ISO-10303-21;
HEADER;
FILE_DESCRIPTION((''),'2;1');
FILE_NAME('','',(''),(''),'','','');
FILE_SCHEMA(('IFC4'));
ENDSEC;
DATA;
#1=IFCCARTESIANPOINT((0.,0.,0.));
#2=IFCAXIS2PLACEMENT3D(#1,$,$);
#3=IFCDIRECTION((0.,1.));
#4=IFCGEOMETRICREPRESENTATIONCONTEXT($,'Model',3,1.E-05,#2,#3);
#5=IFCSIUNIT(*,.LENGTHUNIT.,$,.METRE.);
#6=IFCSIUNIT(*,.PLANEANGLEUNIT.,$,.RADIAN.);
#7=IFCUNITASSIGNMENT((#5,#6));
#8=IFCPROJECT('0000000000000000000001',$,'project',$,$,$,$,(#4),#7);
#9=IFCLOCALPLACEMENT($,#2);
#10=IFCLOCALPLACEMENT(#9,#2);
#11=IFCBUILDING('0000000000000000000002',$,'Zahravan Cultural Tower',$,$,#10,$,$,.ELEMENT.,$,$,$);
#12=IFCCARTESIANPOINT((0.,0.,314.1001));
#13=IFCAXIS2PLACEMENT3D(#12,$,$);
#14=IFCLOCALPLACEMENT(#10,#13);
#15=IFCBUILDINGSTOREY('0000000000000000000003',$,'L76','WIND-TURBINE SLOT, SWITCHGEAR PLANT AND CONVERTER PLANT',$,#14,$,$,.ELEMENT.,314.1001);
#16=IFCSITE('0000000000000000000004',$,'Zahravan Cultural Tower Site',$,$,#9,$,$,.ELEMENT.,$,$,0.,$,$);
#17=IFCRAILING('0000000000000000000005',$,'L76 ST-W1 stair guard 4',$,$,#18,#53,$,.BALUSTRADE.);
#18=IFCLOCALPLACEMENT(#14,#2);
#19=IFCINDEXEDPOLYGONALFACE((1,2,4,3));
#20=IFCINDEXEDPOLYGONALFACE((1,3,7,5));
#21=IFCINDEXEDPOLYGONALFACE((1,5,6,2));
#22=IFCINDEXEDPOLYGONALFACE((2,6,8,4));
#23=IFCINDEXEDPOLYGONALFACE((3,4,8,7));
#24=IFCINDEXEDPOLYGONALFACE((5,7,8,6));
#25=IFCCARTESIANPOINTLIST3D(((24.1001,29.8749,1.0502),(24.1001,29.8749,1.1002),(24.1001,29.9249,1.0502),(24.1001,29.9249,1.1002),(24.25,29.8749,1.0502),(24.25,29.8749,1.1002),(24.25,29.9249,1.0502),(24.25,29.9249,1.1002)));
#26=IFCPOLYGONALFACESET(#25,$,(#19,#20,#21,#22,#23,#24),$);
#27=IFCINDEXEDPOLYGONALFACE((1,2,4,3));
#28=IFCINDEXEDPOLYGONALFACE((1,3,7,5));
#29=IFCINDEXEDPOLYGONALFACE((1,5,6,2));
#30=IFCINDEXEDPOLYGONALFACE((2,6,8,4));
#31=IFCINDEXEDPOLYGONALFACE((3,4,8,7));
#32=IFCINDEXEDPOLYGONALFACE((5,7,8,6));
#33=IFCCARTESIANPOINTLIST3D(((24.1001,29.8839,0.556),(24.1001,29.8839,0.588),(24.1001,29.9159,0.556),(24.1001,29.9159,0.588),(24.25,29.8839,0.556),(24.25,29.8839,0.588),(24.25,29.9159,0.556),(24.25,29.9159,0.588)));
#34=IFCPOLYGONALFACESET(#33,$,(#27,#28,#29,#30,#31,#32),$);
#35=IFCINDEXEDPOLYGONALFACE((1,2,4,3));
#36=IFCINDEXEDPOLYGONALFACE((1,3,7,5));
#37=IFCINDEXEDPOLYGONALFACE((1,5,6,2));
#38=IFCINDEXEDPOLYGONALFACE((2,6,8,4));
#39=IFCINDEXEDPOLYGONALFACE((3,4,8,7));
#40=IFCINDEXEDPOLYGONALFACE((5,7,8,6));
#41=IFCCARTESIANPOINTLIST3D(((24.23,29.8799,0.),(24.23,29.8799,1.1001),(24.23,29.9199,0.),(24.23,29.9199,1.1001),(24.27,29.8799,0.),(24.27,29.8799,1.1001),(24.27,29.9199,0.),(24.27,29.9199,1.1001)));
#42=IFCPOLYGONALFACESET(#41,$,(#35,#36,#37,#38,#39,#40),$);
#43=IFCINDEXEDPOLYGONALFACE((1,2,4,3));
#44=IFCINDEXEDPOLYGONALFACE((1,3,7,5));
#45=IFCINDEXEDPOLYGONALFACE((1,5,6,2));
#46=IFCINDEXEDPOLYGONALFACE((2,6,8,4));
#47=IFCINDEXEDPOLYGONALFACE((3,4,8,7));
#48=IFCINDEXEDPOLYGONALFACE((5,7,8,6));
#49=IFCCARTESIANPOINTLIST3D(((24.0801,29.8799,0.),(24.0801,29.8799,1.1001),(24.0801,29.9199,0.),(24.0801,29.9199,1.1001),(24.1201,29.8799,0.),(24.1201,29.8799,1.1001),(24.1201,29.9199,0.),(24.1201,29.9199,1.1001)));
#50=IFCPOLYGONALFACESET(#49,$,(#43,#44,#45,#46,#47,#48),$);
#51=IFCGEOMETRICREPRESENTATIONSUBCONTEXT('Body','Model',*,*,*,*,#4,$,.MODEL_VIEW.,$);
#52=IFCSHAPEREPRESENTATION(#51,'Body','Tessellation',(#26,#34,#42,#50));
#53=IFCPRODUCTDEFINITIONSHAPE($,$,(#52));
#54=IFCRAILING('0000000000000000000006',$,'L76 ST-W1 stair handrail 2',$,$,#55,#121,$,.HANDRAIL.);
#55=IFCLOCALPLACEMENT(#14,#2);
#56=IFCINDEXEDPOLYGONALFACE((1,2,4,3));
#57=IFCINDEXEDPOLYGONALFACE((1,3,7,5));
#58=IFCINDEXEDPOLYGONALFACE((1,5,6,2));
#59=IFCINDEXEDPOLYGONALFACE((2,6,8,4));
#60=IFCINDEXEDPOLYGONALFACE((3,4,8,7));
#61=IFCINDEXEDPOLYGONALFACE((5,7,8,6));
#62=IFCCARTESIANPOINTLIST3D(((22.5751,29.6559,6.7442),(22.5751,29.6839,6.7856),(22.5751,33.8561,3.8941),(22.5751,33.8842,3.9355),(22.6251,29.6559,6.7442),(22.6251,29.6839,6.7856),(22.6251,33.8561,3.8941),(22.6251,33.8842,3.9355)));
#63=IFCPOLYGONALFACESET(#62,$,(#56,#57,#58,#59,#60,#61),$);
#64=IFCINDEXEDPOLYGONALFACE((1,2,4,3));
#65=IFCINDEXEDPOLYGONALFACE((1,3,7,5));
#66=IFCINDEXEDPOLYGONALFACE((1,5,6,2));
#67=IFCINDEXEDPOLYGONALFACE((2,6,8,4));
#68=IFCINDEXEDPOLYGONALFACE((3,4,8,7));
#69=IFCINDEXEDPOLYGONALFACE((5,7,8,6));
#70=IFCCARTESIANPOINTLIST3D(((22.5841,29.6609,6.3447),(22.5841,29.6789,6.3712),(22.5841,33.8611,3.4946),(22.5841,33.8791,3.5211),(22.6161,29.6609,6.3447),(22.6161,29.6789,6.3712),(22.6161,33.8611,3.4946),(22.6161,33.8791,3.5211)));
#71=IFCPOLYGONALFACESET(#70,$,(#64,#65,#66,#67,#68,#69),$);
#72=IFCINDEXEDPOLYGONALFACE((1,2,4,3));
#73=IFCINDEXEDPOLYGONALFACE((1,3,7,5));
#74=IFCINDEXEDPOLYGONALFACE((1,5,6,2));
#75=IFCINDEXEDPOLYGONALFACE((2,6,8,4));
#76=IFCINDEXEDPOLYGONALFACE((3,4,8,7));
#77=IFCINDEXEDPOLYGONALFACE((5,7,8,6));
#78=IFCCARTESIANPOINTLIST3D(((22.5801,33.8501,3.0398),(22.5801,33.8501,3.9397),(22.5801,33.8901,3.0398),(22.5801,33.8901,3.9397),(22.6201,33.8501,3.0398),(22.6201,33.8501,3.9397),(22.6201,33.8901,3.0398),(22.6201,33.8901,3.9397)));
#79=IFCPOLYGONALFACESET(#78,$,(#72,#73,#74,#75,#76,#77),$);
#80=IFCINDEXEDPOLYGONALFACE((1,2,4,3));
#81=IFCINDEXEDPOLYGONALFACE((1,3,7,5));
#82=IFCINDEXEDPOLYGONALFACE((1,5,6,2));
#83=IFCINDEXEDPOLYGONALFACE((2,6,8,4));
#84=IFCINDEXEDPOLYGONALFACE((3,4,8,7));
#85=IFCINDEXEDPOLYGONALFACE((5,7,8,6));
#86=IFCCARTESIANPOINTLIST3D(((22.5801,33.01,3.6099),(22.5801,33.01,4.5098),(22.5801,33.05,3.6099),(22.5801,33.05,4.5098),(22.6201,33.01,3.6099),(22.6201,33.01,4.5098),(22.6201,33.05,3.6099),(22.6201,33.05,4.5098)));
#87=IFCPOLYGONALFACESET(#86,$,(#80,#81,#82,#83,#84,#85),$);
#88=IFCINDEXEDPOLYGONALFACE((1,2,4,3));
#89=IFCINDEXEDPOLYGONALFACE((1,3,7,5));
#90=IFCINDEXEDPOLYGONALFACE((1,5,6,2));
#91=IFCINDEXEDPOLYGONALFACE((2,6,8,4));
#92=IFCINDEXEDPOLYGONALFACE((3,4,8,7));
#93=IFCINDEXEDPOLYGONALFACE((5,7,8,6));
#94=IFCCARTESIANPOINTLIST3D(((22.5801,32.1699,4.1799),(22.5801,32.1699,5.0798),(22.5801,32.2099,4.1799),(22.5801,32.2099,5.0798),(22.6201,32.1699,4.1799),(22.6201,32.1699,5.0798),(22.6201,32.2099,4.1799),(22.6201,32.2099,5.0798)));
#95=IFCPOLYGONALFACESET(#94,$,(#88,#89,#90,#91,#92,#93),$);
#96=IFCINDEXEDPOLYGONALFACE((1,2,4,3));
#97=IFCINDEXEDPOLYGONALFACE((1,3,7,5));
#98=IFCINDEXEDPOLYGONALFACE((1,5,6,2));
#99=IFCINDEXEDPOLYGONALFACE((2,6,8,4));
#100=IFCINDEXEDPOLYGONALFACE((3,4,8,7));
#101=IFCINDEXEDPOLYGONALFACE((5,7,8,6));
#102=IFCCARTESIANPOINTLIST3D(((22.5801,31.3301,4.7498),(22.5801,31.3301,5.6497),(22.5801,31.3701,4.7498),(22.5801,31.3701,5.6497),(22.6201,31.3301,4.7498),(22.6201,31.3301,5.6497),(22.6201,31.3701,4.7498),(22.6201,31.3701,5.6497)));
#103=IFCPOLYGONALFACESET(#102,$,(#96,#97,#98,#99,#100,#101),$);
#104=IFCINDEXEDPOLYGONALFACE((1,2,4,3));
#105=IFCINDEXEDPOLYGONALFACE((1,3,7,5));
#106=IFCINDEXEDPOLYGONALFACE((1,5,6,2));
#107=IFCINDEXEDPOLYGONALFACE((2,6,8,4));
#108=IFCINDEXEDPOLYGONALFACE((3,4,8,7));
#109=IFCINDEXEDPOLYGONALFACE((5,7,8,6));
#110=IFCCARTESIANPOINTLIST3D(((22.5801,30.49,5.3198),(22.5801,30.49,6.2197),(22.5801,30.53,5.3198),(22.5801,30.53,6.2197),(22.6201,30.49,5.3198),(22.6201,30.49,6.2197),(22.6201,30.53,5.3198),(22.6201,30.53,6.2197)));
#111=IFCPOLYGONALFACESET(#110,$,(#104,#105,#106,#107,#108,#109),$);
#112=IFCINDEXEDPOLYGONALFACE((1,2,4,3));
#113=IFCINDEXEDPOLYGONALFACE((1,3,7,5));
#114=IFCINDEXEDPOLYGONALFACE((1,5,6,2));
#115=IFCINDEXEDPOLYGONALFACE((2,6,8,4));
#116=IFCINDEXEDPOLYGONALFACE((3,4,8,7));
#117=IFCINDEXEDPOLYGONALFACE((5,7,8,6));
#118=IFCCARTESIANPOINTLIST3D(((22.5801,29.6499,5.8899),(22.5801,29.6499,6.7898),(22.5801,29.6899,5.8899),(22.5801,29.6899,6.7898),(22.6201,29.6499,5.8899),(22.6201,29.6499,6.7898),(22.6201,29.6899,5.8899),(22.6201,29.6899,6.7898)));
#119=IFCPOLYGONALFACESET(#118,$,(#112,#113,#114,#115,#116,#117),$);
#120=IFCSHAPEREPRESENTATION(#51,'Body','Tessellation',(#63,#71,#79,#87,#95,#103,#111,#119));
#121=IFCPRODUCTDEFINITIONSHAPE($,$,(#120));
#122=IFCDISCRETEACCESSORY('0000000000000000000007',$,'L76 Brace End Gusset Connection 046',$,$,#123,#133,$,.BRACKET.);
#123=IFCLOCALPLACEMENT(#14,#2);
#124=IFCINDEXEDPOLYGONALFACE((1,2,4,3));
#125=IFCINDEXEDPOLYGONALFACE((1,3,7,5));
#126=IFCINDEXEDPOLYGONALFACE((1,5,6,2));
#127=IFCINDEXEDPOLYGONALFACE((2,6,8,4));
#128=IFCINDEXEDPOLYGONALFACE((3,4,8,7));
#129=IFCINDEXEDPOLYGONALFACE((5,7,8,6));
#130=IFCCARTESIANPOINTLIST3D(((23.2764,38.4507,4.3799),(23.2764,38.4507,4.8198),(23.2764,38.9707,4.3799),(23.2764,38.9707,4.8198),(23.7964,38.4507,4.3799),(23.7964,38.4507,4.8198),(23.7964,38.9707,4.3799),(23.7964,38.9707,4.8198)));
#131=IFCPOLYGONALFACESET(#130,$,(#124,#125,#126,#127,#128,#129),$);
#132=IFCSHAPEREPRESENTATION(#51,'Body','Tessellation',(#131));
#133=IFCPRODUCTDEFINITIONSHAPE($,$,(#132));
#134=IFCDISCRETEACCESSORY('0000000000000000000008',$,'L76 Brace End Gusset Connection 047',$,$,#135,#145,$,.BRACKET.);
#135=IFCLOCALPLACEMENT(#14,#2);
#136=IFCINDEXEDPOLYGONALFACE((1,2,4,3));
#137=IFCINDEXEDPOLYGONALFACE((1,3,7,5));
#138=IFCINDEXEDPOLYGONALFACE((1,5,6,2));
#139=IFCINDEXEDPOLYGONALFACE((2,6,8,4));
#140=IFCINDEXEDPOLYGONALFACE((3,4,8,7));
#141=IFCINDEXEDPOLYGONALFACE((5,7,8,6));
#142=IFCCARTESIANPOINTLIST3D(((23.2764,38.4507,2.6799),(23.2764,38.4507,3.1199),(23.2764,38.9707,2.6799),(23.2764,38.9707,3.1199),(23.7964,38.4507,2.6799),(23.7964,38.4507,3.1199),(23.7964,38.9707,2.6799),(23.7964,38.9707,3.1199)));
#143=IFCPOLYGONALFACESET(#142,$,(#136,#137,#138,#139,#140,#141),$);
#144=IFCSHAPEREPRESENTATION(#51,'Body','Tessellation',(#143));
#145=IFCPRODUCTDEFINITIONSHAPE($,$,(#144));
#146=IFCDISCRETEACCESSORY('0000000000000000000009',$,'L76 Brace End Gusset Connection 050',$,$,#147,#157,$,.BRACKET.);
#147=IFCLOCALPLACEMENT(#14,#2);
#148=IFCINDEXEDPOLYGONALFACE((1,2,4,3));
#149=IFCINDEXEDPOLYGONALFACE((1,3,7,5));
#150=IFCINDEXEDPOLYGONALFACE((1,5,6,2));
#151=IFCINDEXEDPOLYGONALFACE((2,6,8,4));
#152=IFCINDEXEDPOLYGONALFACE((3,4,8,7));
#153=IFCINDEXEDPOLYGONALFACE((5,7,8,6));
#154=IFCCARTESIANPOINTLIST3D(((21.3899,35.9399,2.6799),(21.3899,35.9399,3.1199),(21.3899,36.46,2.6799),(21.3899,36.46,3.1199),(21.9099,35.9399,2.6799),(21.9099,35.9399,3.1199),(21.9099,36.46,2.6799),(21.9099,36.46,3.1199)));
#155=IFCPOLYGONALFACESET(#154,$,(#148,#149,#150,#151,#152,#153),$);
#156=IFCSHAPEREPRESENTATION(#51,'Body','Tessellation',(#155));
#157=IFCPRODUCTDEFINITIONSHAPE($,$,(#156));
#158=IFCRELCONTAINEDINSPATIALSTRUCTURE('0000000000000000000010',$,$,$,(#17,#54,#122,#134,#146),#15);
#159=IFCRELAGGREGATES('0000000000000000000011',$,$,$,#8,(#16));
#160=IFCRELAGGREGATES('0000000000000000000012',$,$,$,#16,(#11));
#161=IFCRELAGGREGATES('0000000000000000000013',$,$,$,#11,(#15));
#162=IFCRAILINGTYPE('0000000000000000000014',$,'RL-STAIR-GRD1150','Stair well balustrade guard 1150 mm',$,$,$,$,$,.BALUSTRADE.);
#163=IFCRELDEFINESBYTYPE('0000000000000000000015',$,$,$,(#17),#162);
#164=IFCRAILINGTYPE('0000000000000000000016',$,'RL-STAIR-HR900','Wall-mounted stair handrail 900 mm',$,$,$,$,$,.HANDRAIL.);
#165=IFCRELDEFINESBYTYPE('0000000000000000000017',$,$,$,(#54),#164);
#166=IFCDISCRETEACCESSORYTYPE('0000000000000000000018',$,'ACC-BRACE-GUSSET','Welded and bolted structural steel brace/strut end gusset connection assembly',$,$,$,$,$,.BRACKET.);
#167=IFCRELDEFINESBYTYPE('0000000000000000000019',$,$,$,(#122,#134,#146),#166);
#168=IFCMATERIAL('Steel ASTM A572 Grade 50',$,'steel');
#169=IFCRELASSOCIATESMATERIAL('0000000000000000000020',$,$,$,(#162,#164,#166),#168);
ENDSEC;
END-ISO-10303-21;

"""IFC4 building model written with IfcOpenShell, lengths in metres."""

from ifc_helpers import new_model, si_unit, direction, frame, origin, origin_2d, place, context, subcontext, project, spatial, rectangle, extrude, source, transform, mapped, material, type_object, element, save


model = new_model("IFC4")

# Units and contexts
model_context = context("Model", 3, precision=1e-05, world=origin(), true_north=direction((0.0, 1.0)))
body_context = subcontext(model_context, "Body", "Model", "MODEL_VIEW")
ifc_project = project(units=[si_unit("LENGTHUNIT", "METRE"), si_unit("PLANEANGLEUNIT", "RADIAN")], contexts=[model_context])

# Site, building, storey
site_placement = place(None, origin())
site = spatial("IfcSite", under=ifc_project, at=site_placement, Name="Zahravan Cultural Tower Site", CompositionType="ELEMENT", RefElevation=0.0)
building_placement = place(site_placement, origin())
building = spatial("IfcBuilding", under=site, at=building_placement, Name="Zahravan Cultural Tower", CompositionType="ELEMENT")
storey_placement = place(building_placement, frame((0.0, 0.0, 314.1001)))
storey = spatial("IfcBuildingStorey", under=building, at=storey_placement, Name="L76", Description="WIND-TURBINE SLOT, SWITCHGEAR PLANT AND CONVERTER PLANT", CompositionType="ELEMENT", Elevation=314.1001)

# Shared definitions
ifc_material_1 = material(Name="Steel ASTM A572 Grade 50", Category="steel")

# Railings
railing_type_1 = type_object("IfcRailingType", Name="RL-STAIR-GRD1150", Description="Stair well balustrade guard 1150 mm", PredefinedType="BALUSTRADE", material=ifc_material_1)
railing_1_placement = place(storey_placement, frame((24.25, 29.8999, 0.0)))
element("IfcRailing", 1, at=railing_1_placement, inside=storey, type_object=railing_type_1, Name="L76 ST-W1 stair guard 4", PredefinedType="BALUSTRADE", context=body_context, shape_type="SweptSolid", body=[
    extrude(rectangle(XDim=0.05, YDim=0.05, at=origin_2d()), frame((0.0, 0.0, 1.0752), z_axis=(-1.0, 0.0, 0.0), x_axis=(0.0, -1.0, 0.0)), (0.0, 0.0, 1.0), 0.1499),
    extrude(rectangle(XDim=0.032, YDim=0.032, at=origin_2d()), frame((0.0, 0.0, 0.572), z_axis=(-1.0, 0.0, 0.0), x_axis=(0.0, -1.0, 0.0)), (0.0, 0.0, 1.0), 0.1499),
    extrude(rectangle(XDim=0.04, YDim=0.04, at=origin_2d()), origin(), (0.0, 0.0, 1.0), 1.1001),
    extrude(rectangle(XDim=0.04, YDim=0.04, at=origin_2d()), frame((-0.1499, 0.0, 0.0)), (0.0, 0.0, 1.0), 1.1001),
])
railing_type_2 = type_object("IfcRailingType", Name="RL-STAIR-HR900", Description="Wall-mounted stair handrail 900 mm", PredefinedType="HANDRAIL", material=ifc_material_1)
railing_2_placement = place(storey_placement, frame((22.6001, 33.8701, 3.0398)))
element("IfcRailing", 2, at=railing_2_placement, inside=storey, type_object=railing_type_2, Name="L76 ST-W1 stair handrail 2", PredefinedType="HANDRAIL", context=body_context, shape_type="SweptSolid", body=[
    extrude(rectangle(XDim=0.05, YDim=0.05, at=origin_2d()), frame((0.0, 0.0, 0.875), z_axis=(0.0, -0.827479, 0.561497), x_axis=(1.0, 0.0, 0.0)), (0.0, 0.0, 1.0), 5.0759),
    extrude(rectangle(XDim=0.032, YDim=0.032, at=origin_2d()), frame((0.0, 0.0, 0.468), z_axis=(0.0, -0.827479, 0.561497), x_axis=(1.0, 0.0, 0.0)), (0.0, 0.0, 1.0), 5.0759),
    extrude(rectangle(XDim=0.04, YDim=0.04, at=origin_2d()), origin(), (0.0, 0.0, 1.0), 0.8999),
    extrude(rectangle(XDim=0.04, YDim=0.04, at=origin_2d()), frame((0.0, -0.8401, 0.5701)), (0.0, 0.0, 1.0), 0.8999),
    extrude(rectangle(XDim=0.04, YDim=0.04, at=origin_2d()), frame((0.0, -1.6802, 1.1401)), (0.0, 0.0, 1.0), 0.8999),
    extrude(rectangle(XDim=0.04, YDim=0.04, at=origin_2d()), frame((0.0, -2.52, 1.71)), (0.0, 0.0, 1.0), 0.8999),
    extrude(rectangle(XDim=0.04, YDim=0.04, at=origin_2d()), frame((0.0, -3.3601, 2.28)), (0.0, 0.0, 1.0), 0.8999),
    extrude(rectangle(XDim=0.04, YDim=0.04, at=origin_2d()), frame((0.0, -4.2002, 2.8501)), (0.0, 0.0, 1.0), 0.8999),
])

# Discrete accessories
discrete_accessory_type = type_object("IfcDiscreteAccessoryType", Name="ACC-BRACE-GUSSET", Description="Welded and bolted structural steel brace/strut end gusset connection assembly", PredefinedType="BRACKET", material=ifc_material_1)
shared_shape_1 = source(origin(), body_context, "Body", "SweptSolid", [
    extrude(rectangle(XDim=0.52, YDim=0.52, at=origin_2d()), origin(), (0.0, 0.0, 1.0), 0.4399),
])
for number, where, z_axis, x_axis, name in (
    (3, (23.5364, 38.7107, 4.3799), (0.0, 0.0, 1.0), (1.0, 0.0, 0.0), "L76 Brace End Gusset Connection 046"),
    (4, (23.5364, 38.7107, 2.6799), (0.0, 0.0, 1.0), (1.0, 0.0, 0.0), "L76 Brace End Gusset Connection 047"),
    (5, (21.6499, 36.2, 2.6799), (0.0, 0.0, 1.0), (1.0, 0.0, 0.0), "L76 Brace End Gusset Connection 050"),
):
    element("IfcDiscreteAccessory", number, at=place(storey_placement, frame(where, z_axis=z_axis, x_axis=x_axis)), inside=storey, type_object=discrete_accessory_type, Name=name, PredefinedType="BRACKET", context=body_context, shape_type="MappedRepresentation", body=[
        mapped(shared_shape_1, transform((0.0, 0.0, 0.0), x_axis=(1.0, 0.0, 0.0), y_axis=(0.0, 1.0, 0.0), z_axis=(0.0, 0.0, 1.0), scale=1.0)),
    ])

save(model, "model.ifc")
